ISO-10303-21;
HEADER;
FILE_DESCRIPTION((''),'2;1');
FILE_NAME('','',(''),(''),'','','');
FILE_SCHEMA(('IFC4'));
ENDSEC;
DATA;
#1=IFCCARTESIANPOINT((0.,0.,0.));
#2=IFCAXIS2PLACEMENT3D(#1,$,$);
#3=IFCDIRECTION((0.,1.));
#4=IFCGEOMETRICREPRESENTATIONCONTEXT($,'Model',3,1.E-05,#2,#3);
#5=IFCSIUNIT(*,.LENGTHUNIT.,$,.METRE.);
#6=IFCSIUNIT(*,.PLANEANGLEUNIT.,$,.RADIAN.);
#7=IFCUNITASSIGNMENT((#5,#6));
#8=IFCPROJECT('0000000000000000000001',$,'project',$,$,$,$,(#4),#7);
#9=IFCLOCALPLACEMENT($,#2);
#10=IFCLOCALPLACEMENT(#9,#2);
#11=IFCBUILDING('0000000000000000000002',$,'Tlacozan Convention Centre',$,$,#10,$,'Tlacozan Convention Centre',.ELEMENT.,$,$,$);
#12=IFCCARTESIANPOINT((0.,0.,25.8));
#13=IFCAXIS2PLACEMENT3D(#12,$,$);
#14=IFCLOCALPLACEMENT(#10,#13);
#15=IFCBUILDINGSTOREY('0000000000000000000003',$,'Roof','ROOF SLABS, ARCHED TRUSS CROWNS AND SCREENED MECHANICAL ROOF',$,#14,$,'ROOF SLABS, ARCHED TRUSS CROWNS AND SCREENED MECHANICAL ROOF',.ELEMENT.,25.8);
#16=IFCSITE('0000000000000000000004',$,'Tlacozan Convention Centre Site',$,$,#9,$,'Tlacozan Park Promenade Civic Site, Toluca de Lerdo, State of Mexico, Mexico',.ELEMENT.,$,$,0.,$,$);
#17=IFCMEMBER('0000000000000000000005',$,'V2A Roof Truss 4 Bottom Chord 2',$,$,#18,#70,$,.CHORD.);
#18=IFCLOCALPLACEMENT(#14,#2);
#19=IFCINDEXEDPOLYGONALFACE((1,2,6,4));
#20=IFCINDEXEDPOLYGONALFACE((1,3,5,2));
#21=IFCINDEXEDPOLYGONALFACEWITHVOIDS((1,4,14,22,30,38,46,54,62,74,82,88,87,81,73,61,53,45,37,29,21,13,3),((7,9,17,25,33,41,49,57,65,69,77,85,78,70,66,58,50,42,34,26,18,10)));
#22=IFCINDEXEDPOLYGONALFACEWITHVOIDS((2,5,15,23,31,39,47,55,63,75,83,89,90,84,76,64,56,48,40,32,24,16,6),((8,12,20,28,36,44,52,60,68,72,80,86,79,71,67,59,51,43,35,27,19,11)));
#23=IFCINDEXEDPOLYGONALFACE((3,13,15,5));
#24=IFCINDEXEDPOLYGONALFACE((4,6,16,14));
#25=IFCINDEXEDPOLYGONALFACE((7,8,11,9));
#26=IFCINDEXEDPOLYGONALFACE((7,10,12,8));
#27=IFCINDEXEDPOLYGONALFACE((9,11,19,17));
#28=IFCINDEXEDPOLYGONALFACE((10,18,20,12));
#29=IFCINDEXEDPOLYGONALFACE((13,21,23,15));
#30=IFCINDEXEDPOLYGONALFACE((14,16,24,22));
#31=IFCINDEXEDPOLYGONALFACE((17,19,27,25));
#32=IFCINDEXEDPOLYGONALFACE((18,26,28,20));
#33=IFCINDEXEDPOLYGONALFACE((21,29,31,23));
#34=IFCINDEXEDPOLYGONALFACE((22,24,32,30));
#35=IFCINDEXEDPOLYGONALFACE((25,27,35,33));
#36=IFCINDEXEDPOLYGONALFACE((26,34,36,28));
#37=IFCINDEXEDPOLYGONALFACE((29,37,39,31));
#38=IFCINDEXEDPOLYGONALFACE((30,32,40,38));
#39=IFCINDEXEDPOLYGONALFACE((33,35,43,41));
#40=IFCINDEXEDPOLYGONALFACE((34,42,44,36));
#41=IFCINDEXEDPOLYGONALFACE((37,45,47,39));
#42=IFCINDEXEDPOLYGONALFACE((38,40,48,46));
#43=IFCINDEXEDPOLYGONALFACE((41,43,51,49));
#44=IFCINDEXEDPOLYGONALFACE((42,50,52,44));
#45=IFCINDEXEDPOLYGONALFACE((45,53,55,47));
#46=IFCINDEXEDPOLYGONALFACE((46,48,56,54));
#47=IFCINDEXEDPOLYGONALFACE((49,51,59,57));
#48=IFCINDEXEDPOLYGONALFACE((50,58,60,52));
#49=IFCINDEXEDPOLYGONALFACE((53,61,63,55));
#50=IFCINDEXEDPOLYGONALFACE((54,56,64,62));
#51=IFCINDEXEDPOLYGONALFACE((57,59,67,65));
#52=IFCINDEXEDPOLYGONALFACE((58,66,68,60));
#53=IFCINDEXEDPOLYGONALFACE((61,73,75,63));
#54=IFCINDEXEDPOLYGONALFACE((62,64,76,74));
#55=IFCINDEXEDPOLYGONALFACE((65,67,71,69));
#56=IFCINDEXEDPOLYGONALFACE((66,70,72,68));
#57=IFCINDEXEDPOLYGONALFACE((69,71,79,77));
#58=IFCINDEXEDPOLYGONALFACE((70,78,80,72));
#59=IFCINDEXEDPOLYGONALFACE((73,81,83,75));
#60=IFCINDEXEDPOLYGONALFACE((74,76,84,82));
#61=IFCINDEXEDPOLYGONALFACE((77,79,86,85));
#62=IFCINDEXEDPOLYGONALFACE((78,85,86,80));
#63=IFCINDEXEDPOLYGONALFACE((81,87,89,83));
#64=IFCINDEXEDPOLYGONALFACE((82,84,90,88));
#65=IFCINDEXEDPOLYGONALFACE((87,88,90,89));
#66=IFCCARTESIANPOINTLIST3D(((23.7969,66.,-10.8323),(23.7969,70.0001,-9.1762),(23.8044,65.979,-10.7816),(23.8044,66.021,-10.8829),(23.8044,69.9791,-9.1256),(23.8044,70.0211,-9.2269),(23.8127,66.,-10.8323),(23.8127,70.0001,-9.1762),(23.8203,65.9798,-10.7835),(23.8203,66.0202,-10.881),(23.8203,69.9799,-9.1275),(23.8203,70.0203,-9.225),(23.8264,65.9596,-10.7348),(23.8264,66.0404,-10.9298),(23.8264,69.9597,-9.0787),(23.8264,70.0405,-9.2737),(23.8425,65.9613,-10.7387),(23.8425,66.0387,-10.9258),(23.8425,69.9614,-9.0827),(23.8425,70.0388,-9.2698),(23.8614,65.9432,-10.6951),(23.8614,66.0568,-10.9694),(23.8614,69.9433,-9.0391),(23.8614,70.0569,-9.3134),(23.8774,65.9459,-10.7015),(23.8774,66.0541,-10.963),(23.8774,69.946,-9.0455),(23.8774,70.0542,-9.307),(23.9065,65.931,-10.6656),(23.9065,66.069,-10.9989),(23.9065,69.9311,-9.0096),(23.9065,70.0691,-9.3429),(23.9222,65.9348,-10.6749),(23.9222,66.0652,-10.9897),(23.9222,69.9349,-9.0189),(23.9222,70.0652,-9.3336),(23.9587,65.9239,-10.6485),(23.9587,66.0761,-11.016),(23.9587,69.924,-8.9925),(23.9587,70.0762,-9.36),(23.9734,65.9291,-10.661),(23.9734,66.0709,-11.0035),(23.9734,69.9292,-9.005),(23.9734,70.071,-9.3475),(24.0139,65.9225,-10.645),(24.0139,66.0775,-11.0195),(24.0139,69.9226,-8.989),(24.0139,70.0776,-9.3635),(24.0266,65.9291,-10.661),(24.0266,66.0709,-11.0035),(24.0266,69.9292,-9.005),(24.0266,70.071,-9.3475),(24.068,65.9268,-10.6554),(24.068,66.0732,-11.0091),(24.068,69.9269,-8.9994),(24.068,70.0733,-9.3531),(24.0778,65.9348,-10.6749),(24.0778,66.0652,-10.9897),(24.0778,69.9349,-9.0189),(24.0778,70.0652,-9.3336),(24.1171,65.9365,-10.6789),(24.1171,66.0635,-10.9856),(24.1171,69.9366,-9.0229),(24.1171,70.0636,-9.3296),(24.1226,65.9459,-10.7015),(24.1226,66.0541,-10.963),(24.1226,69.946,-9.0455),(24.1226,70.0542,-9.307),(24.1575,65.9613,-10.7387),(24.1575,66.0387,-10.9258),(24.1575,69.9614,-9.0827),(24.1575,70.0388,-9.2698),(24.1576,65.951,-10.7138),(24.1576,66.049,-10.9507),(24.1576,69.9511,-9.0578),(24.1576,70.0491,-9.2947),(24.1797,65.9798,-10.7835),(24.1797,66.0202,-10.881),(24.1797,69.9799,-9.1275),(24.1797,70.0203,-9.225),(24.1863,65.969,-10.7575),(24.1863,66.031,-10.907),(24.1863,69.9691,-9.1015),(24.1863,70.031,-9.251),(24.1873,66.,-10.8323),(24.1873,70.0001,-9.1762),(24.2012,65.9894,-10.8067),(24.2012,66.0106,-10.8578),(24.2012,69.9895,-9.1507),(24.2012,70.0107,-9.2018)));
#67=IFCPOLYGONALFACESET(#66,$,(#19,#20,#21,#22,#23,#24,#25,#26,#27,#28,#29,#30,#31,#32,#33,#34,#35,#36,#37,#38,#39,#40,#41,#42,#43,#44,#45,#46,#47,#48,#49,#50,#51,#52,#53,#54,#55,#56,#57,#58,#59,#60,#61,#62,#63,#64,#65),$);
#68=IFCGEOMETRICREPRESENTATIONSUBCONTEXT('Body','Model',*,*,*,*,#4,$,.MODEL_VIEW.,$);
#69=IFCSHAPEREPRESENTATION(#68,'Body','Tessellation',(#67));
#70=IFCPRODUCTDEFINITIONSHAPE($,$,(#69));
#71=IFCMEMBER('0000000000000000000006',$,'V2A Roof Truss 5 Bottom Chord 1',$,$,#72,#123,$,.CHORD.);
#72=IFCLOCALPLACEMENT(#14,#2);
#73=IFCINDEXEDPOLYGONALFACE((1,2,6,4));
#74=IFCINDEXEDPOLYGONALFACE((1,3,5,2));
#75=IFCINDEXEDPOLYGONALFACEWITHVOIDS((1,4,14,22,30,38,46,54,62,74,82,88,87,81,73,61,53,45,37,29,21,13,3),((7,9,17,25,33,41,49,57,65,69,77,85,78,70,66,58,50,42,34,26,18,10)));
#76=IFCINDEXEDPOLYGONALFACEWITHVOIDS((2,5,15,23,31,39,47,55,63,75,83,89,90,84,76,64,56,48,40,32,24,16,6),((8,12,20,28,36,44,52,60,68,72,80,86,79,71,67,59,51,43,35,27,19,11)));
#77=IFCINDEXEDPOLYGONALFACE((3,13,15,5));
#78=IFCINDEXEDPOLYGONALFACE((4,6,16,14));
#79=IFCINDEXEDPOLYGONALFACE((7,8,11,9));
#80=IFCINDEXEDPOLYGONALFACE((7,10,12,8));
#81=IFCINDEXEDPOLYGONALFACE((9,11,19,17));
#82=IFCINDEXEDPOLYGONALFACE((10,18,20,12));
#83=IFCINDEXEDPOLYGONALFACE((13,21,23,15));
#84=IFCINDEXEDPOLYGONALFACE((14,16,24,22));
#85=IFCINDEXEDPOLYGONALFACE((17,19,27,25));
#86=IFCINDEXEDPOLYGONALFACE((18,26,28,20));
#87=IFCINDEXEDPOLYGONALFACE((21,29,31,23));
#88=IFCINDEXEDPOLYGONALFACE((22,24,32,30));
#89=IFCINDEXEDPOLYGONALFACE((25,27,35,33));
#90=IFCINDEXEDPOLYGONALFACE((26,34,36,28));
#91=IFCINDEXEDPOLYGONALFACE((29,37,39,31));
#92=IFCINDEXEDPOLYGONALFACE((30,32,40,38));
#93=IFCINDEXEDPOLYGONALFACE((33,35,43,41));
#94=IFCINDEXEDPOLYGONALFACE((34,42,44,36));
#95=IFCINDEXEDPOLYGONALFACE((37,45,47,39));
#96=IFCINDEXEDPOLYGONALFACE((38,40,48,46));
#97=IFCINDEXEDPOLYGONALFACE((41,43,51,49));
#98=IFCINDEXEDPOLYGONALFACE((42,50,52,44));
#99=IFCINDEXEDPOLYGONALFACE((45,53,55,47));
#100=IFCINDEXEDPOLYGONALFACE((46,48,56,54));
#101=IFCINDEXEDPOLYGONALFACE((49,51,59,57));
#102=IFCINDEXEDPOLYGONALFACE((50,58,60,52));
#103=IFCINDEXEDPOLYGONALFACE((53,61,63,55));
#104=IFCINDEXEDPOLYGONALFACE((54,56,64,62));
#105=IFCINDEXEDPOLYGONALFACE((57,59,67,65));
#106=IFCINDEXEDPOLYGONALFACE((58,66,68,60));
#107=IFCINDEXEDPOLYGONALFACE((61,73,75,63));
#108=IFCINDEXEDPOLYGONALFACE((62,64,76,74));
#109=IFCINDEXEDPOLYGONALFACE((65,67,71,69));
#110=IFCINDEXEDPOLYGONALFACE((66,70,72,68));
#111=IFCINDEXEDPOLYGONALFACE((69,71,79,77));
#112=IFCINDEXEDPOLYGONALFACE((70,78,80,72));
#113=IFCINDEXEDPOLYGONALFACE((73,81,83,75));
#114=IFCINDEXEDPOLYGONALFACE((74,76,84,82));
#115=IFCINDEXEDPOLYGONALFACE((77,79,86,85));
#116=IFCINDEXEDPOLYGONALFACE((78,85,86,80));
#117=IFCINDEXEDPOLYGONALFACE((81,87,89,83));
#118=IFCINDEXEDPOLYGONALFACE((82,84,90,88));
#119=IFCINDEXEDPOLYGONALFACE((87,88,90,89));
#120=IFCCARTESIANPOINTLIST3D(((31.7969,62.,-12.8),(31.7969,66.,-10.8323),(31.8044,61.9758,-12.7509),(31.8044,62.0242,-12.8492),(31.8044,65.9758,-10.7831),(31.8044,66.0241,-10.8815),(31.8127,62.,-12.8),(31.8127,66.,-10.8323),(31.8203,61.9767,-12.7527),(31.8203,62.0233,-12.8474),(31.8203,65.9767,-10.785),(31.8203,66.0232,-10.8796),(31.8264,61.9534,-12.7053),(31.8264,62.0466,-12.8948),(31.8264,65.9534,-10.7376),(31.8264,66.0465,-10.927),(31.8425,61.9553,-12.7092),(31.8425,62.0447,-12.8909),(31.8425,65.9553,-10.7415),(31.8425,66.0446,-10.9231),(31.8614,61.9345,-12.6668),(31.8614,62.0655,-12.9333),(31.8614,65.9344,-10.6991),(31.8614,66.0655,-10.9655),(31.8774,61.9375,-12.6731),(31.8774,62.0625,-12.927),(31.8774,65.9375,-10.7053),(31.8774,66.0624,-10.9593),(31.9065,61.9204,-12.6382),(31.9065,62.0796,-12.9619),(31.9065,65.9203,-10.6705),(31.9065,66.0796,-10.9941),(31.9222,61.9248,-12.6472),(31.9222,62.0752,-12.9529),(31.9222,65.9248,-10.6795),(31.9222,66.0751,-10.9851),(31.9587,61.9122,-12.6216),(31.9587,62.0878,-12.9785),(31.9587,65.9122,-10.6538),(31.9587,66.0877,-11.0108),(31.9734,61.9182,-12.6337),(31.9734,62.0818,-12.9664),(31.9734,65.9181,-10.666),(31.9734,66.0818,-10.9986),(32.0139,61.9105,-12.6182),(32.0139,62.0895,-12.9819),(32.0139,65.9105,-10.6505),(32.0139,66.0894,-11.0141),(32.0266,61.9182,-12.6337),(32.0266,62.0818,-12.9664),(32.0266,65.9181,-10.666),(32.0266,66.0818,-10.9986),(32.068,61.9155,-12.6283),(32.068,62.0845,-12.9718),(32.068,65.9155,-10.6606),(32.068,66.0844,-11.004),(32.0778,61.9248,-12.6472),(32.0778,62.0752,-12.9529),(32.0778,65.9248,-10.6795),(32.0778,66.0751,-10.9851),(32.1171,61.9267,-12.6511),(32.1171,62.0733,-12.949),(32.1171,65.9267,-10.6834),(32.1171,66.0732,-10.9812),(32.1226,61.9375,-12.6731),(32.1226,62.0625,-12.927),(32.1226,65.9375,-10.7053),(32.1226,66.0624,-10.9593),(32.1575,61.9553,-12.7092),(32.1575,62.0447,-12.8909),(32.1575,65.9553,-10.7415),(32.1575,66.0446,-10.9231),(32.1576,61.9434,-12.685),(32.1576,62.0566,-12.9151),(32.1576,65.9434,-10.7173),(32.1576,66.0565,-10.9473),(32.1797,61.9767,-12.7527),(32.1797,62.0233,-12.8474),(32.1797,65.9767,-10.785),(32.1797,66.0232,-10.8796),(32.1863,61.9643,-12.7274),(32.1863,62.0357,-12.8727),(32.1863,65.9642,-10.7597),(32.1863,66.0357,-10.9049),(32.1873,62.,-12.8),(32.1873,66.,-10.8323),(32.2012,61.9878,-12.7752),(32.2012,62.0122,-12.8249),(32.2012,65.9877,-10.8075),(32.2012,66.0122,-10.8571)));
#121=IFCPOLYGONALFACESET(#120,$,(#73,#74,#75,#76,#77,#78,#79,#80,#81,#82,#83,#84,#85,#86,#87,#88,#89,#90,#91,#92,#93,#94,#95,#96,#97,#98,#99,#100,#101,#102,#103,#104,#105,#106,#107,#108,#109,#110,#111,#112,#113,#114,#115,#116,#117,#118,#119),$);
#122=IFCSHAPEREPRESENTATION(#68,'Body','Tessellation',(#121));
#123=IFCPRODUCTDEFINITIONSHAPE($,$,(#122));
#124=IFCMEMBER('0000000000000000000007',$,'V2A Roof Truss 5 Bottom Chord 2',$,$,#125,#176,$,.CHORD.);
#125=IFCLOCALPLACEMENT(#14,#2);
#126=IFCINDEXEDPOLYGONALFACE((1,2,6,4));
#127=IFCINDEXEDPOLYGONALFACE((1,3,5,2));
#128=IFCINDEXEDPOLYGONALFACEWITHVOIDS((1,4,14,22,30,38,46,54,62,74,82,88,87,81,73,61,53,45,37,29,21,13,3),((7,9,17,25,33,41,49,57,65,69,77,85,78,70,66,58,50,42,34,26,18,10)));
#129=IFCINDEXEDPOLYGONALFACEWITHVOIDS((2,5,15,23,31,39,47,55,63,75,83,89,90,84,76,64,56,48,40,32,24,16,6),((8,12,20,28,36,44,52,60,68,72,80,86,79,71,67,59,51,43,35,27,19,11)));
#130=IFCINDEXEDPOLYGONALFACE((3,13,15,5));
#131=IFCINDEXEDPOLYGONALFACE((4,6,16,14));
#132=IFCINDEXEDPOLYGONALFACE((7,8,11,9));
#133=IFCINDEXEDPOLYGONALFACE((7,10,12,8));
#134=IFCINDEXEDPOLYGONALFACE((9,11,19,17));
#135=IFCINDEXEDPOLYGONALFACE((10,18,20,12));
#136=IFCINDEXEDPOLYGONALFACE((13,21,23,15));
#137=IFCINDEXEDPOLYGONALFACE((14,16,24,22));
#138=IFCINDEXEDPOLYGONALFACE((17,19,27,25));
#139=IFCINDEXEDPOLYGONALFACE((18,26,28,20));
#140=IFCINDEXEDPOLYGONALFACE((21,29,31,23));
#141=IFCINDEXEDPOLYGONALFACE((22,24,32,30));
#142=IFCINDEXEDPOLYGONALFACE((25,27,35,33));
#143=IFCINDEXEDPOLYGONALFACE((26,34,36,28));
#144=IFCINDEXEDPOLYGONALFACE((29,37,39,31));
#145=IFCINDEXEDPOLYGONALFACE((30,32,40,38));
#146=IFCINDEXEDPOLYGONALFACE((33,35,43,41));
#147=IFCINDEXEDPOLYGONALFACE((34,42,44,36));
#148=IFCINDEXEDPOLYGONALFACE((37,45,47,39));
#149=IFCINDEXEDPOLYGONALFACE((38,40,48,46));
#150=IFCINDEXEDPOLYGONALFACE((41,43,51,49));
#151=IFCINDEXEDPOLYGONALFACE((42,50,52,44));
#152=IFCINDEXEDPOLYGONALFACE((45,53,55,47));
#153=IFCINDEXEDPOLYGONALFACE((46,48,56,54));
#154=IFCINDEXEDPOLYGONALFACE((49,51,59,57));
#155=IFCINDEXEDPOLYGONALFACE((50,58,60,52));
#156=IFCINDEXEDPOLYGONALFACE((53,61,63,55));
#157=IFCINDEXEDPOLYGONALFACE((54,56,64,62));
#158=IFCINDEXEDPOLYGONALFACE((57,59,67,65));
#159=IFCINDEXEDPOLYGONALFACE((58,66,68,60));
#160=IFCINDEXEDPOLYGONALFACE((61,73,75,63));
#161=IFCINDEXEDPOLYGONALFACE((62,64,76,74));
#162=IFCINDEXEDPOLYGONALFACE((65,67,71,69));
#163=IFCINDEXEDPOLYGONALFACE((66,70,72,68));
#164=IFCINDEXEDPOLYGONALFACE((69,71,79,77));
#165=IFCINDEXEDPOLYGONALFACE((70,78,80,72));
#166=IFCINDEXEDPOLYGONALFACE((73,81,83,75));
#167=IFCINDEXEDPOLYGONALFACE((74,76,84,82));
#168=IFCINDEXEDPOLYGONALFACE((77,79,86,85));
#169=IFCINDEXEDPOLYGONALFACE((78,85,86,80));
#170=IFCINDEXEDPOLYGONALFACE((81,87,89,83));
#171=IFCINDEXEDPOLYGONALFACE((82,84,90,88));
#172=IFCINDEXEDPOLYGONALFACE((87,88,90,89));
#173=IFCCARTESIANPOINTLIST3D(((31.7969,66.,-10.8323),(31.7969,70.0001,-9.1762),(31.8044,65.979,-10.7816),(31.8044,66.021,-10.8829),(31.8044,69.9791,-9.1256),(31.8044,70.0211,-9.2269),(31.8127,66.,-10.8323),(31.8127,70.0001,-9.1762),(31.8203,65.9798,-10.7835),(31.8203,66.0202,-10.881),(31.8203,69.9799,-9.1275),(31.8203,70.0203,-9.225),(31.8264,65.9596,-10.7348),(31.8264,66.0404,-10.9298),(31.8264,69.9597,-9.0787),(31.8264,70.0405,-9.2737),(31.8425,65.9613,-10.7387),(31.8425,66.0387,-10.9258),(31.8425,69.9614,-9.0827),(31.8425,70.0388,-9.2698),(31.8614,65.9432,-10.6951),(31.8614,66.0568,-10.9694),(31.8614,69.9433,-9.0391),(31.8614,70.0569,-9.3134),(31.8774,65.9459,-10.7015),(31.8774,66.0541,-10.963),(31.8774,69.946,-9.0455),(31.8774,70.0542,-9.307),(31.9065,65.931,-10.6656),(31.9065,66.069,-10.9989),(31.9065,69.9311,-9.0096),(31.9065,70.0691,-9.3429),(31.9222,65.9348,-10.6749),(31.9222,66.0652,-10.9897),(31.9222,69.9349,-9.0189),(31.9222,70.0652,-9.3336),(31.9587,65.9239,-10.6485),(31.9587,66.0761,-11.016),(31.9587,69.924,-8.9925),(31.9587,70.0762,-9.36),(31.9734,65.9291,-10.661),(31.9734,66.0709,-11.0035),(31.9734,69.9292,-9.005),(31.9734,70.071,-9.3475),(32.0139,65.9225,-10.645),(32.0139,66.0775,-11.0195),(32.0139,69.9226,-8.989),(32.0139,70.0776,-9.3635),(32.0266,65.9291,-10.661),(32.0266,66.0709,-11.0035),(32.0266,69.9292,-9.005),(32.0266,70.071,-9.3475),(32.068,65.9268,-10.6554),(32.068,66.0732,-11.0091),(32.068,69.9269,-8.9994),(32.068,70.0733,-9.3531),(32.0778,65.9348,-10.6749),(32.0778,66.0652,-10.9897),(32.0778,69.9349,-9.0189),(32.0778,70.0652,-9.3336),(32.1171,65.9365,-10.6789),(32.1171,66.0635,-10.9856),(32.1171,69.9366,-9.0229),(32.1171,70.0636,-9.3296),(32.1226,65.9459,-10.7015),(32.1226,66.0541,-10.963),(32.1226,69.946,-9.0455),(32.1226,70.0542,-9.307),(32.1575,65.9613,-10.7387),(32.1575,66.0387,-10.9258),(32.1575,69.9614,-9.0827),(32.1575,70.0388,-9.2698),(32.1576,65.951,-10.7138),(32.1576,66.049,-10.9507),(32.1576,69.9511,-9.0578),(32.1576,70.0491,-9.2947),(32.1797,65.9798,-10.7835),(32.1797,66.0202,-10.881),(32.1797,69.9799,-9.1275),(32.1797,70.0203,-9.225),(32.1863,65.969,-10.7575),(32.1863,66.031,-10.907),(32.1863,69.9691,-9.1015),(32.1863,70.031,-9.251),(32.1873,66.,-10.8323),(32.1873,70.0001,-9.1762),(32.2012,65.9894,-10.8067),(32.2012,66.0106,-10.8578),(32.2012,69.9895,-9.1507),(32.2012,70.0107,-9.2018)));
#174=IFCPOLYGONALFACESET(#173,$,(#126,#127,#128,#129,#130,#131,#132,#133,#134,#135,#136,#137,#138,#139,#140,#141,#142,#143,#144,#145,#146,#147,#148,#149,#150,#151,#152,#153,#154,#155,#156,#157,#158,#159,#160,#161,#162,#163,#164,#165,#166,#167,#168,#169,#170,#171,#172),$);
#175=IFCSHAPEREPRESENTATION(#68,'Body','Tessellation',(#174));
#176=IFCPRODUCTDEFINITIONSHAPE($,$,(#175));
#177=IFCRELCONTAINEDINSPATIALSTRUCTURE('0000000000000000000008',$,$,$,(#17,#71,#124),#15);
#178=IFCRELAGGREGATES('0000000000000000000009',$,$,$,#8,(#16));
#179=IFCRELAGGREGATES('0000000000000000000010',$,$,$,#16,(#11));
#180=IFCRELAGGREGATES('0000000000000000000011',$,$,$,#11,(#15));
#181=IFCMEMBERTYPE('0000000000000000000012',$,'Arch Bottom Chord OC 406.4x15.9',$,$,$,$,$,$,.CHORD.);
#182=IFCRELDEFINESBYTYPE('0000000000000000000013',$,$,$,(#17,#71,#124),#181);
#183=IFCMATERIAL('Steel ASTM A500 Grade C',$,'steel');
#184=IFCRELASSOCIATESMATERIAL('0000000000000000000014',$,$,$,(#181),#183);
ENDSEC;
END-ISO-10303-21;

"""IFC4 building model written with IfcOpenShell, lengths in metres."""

from ifc_helpers import new_model, si_unit, direction, frame, origin, origin_2d, place, context, subcontext, project, spatial, hollow_circle, extrude, material, material_profile, profile_set, type_object, element, save


model = new_model("IFC4")

# Units and contexts
model_context = context("Model", 3, precision=1e-05, world=origin(), true_north=direction((0.0, 1.0)))
body_context = subcontext(model_context, "Body", "Model", "MODEL_VIEW")
ifc_project = project(units=[si_unit("LENGTHUNIT", "METRE"), si_unit("PLANEANGLEUNIT", "RADIAN")], contexts=[model_context])

# Site, building, storey
site_placement = place(None, origin())
site = spatial("IfcSite", under=ifc_project, at=site_placement, Name="Tlacozan Convention Centre Site", LongName="Tlacozan Park Promenade Civic Site, Toluca de Lerdo, State of Mexico, Mexico", CompositionType="ELEMENT", RefElevation=0.0)
building_placement = place(site_placement, origin())
building = spatial("IfcBuilding", under=site, at=building_placement, Name="Tlacozan Convention Centre", LongName="Tlacozan Convention Centre", CompositionType="ELEMENT")
storey_placement = place(building_placement, frame((0.0, 0.0, 25.8)))
storey = spatial("IfcBuildingStorey", under=building, at=storey_placement, Name="Roof", Description="ROOF SLABS, ARCHED TRUSS CROWNS AND SCREENED MECHANICAL ROOF", LongName="ROOF SLABS, ARCHED TRUSS CROWNS AND SCREENED MECHANICAL ROOF", CompositionType="ELEMENT", Elevation=25.8)

# Members
ifc_material_1 = material(Name="Steel ASTM A500 Grade C", Category="steel")
ifc_material_profile_1 = material_profile(ifc_material_1, hollow_circle(Radius=0.2031, WallThickness=0.0159, at=origin_2d()), Name="OC 406.4x15.9")
ifc_profile_set_1 = profile_set([ifc_material_profile_1], Name="Steel ASTM A500 Grade C")
member_type_1 = type_object("IfcMemberType", Name="Arch Bottom Chord OC 406.4x15.9", PredefinedType="CHORD", material=ifc_profile_set_1)
member_1_placement = place(storey_placement, frame((24.0, 66.0, -10.8323), z_axis=(0.0, 0.923949, 0.382516), x_axis=(-1.0, 0.0, 0.0)))
element("IfcMember", 1, at=member_1_placement, inside=storey, type_object=member_type_1, Name="V2A Roof Truss 4 Bottom Chord 2", PredefinedType="CHORD", context=body_context, shape_type="SweptSolid", body=[
    extrude(hollow_circle(Radius=0.2031, WallThickness=0.0159, at=origin_2d()), origin(), (0.0, 0.0, 1.0), 4.3293),
])
member_2_placement = place(storey_placement, frame((32.0, 62.0, -12.8), z_axis=(0.0, 0.8973, 0.441421), x_axis=(-1.0, 0.0, 0.0)))
element("IfcMember", 2, at=member_2_placement, inside=storey, type_object=member_type_1, Name="V2A Roof Truss 5 Bottom Chord 1", PredefinedType="CHORD", context=body_context, shape_type="SweptSolid", body=[
    extrude(hollow_circle(Radius=0.2031, WallThickness=0.0159, at=origin_2d()), origin(), (0.0, 0.0, 1.0), 4.4578),
])
member_3_placement = place(storey_placement, frame((32.0, 66.0, -10.8323), z_axis=(0.0, 0.923949, 0.382516), x_axis=(-1.0, 0.0, 0.0)))
element("IfcMember", 3, at=member_3_placement, inside=storey, type_object=member_type_1, Name="V2A Roof Truss 5 Bottom Chord 2", PredefinedType="CHORD", context=body_context, shape_type="SweptSolid", body=[
    extrude(hollow_circle(Radius=0.2031, WallThickness=0.0159, at=origin_2d()), origin(), (0.0, 0.0, 1.0), 4.3293),
])

save(model, "model.ifc")
